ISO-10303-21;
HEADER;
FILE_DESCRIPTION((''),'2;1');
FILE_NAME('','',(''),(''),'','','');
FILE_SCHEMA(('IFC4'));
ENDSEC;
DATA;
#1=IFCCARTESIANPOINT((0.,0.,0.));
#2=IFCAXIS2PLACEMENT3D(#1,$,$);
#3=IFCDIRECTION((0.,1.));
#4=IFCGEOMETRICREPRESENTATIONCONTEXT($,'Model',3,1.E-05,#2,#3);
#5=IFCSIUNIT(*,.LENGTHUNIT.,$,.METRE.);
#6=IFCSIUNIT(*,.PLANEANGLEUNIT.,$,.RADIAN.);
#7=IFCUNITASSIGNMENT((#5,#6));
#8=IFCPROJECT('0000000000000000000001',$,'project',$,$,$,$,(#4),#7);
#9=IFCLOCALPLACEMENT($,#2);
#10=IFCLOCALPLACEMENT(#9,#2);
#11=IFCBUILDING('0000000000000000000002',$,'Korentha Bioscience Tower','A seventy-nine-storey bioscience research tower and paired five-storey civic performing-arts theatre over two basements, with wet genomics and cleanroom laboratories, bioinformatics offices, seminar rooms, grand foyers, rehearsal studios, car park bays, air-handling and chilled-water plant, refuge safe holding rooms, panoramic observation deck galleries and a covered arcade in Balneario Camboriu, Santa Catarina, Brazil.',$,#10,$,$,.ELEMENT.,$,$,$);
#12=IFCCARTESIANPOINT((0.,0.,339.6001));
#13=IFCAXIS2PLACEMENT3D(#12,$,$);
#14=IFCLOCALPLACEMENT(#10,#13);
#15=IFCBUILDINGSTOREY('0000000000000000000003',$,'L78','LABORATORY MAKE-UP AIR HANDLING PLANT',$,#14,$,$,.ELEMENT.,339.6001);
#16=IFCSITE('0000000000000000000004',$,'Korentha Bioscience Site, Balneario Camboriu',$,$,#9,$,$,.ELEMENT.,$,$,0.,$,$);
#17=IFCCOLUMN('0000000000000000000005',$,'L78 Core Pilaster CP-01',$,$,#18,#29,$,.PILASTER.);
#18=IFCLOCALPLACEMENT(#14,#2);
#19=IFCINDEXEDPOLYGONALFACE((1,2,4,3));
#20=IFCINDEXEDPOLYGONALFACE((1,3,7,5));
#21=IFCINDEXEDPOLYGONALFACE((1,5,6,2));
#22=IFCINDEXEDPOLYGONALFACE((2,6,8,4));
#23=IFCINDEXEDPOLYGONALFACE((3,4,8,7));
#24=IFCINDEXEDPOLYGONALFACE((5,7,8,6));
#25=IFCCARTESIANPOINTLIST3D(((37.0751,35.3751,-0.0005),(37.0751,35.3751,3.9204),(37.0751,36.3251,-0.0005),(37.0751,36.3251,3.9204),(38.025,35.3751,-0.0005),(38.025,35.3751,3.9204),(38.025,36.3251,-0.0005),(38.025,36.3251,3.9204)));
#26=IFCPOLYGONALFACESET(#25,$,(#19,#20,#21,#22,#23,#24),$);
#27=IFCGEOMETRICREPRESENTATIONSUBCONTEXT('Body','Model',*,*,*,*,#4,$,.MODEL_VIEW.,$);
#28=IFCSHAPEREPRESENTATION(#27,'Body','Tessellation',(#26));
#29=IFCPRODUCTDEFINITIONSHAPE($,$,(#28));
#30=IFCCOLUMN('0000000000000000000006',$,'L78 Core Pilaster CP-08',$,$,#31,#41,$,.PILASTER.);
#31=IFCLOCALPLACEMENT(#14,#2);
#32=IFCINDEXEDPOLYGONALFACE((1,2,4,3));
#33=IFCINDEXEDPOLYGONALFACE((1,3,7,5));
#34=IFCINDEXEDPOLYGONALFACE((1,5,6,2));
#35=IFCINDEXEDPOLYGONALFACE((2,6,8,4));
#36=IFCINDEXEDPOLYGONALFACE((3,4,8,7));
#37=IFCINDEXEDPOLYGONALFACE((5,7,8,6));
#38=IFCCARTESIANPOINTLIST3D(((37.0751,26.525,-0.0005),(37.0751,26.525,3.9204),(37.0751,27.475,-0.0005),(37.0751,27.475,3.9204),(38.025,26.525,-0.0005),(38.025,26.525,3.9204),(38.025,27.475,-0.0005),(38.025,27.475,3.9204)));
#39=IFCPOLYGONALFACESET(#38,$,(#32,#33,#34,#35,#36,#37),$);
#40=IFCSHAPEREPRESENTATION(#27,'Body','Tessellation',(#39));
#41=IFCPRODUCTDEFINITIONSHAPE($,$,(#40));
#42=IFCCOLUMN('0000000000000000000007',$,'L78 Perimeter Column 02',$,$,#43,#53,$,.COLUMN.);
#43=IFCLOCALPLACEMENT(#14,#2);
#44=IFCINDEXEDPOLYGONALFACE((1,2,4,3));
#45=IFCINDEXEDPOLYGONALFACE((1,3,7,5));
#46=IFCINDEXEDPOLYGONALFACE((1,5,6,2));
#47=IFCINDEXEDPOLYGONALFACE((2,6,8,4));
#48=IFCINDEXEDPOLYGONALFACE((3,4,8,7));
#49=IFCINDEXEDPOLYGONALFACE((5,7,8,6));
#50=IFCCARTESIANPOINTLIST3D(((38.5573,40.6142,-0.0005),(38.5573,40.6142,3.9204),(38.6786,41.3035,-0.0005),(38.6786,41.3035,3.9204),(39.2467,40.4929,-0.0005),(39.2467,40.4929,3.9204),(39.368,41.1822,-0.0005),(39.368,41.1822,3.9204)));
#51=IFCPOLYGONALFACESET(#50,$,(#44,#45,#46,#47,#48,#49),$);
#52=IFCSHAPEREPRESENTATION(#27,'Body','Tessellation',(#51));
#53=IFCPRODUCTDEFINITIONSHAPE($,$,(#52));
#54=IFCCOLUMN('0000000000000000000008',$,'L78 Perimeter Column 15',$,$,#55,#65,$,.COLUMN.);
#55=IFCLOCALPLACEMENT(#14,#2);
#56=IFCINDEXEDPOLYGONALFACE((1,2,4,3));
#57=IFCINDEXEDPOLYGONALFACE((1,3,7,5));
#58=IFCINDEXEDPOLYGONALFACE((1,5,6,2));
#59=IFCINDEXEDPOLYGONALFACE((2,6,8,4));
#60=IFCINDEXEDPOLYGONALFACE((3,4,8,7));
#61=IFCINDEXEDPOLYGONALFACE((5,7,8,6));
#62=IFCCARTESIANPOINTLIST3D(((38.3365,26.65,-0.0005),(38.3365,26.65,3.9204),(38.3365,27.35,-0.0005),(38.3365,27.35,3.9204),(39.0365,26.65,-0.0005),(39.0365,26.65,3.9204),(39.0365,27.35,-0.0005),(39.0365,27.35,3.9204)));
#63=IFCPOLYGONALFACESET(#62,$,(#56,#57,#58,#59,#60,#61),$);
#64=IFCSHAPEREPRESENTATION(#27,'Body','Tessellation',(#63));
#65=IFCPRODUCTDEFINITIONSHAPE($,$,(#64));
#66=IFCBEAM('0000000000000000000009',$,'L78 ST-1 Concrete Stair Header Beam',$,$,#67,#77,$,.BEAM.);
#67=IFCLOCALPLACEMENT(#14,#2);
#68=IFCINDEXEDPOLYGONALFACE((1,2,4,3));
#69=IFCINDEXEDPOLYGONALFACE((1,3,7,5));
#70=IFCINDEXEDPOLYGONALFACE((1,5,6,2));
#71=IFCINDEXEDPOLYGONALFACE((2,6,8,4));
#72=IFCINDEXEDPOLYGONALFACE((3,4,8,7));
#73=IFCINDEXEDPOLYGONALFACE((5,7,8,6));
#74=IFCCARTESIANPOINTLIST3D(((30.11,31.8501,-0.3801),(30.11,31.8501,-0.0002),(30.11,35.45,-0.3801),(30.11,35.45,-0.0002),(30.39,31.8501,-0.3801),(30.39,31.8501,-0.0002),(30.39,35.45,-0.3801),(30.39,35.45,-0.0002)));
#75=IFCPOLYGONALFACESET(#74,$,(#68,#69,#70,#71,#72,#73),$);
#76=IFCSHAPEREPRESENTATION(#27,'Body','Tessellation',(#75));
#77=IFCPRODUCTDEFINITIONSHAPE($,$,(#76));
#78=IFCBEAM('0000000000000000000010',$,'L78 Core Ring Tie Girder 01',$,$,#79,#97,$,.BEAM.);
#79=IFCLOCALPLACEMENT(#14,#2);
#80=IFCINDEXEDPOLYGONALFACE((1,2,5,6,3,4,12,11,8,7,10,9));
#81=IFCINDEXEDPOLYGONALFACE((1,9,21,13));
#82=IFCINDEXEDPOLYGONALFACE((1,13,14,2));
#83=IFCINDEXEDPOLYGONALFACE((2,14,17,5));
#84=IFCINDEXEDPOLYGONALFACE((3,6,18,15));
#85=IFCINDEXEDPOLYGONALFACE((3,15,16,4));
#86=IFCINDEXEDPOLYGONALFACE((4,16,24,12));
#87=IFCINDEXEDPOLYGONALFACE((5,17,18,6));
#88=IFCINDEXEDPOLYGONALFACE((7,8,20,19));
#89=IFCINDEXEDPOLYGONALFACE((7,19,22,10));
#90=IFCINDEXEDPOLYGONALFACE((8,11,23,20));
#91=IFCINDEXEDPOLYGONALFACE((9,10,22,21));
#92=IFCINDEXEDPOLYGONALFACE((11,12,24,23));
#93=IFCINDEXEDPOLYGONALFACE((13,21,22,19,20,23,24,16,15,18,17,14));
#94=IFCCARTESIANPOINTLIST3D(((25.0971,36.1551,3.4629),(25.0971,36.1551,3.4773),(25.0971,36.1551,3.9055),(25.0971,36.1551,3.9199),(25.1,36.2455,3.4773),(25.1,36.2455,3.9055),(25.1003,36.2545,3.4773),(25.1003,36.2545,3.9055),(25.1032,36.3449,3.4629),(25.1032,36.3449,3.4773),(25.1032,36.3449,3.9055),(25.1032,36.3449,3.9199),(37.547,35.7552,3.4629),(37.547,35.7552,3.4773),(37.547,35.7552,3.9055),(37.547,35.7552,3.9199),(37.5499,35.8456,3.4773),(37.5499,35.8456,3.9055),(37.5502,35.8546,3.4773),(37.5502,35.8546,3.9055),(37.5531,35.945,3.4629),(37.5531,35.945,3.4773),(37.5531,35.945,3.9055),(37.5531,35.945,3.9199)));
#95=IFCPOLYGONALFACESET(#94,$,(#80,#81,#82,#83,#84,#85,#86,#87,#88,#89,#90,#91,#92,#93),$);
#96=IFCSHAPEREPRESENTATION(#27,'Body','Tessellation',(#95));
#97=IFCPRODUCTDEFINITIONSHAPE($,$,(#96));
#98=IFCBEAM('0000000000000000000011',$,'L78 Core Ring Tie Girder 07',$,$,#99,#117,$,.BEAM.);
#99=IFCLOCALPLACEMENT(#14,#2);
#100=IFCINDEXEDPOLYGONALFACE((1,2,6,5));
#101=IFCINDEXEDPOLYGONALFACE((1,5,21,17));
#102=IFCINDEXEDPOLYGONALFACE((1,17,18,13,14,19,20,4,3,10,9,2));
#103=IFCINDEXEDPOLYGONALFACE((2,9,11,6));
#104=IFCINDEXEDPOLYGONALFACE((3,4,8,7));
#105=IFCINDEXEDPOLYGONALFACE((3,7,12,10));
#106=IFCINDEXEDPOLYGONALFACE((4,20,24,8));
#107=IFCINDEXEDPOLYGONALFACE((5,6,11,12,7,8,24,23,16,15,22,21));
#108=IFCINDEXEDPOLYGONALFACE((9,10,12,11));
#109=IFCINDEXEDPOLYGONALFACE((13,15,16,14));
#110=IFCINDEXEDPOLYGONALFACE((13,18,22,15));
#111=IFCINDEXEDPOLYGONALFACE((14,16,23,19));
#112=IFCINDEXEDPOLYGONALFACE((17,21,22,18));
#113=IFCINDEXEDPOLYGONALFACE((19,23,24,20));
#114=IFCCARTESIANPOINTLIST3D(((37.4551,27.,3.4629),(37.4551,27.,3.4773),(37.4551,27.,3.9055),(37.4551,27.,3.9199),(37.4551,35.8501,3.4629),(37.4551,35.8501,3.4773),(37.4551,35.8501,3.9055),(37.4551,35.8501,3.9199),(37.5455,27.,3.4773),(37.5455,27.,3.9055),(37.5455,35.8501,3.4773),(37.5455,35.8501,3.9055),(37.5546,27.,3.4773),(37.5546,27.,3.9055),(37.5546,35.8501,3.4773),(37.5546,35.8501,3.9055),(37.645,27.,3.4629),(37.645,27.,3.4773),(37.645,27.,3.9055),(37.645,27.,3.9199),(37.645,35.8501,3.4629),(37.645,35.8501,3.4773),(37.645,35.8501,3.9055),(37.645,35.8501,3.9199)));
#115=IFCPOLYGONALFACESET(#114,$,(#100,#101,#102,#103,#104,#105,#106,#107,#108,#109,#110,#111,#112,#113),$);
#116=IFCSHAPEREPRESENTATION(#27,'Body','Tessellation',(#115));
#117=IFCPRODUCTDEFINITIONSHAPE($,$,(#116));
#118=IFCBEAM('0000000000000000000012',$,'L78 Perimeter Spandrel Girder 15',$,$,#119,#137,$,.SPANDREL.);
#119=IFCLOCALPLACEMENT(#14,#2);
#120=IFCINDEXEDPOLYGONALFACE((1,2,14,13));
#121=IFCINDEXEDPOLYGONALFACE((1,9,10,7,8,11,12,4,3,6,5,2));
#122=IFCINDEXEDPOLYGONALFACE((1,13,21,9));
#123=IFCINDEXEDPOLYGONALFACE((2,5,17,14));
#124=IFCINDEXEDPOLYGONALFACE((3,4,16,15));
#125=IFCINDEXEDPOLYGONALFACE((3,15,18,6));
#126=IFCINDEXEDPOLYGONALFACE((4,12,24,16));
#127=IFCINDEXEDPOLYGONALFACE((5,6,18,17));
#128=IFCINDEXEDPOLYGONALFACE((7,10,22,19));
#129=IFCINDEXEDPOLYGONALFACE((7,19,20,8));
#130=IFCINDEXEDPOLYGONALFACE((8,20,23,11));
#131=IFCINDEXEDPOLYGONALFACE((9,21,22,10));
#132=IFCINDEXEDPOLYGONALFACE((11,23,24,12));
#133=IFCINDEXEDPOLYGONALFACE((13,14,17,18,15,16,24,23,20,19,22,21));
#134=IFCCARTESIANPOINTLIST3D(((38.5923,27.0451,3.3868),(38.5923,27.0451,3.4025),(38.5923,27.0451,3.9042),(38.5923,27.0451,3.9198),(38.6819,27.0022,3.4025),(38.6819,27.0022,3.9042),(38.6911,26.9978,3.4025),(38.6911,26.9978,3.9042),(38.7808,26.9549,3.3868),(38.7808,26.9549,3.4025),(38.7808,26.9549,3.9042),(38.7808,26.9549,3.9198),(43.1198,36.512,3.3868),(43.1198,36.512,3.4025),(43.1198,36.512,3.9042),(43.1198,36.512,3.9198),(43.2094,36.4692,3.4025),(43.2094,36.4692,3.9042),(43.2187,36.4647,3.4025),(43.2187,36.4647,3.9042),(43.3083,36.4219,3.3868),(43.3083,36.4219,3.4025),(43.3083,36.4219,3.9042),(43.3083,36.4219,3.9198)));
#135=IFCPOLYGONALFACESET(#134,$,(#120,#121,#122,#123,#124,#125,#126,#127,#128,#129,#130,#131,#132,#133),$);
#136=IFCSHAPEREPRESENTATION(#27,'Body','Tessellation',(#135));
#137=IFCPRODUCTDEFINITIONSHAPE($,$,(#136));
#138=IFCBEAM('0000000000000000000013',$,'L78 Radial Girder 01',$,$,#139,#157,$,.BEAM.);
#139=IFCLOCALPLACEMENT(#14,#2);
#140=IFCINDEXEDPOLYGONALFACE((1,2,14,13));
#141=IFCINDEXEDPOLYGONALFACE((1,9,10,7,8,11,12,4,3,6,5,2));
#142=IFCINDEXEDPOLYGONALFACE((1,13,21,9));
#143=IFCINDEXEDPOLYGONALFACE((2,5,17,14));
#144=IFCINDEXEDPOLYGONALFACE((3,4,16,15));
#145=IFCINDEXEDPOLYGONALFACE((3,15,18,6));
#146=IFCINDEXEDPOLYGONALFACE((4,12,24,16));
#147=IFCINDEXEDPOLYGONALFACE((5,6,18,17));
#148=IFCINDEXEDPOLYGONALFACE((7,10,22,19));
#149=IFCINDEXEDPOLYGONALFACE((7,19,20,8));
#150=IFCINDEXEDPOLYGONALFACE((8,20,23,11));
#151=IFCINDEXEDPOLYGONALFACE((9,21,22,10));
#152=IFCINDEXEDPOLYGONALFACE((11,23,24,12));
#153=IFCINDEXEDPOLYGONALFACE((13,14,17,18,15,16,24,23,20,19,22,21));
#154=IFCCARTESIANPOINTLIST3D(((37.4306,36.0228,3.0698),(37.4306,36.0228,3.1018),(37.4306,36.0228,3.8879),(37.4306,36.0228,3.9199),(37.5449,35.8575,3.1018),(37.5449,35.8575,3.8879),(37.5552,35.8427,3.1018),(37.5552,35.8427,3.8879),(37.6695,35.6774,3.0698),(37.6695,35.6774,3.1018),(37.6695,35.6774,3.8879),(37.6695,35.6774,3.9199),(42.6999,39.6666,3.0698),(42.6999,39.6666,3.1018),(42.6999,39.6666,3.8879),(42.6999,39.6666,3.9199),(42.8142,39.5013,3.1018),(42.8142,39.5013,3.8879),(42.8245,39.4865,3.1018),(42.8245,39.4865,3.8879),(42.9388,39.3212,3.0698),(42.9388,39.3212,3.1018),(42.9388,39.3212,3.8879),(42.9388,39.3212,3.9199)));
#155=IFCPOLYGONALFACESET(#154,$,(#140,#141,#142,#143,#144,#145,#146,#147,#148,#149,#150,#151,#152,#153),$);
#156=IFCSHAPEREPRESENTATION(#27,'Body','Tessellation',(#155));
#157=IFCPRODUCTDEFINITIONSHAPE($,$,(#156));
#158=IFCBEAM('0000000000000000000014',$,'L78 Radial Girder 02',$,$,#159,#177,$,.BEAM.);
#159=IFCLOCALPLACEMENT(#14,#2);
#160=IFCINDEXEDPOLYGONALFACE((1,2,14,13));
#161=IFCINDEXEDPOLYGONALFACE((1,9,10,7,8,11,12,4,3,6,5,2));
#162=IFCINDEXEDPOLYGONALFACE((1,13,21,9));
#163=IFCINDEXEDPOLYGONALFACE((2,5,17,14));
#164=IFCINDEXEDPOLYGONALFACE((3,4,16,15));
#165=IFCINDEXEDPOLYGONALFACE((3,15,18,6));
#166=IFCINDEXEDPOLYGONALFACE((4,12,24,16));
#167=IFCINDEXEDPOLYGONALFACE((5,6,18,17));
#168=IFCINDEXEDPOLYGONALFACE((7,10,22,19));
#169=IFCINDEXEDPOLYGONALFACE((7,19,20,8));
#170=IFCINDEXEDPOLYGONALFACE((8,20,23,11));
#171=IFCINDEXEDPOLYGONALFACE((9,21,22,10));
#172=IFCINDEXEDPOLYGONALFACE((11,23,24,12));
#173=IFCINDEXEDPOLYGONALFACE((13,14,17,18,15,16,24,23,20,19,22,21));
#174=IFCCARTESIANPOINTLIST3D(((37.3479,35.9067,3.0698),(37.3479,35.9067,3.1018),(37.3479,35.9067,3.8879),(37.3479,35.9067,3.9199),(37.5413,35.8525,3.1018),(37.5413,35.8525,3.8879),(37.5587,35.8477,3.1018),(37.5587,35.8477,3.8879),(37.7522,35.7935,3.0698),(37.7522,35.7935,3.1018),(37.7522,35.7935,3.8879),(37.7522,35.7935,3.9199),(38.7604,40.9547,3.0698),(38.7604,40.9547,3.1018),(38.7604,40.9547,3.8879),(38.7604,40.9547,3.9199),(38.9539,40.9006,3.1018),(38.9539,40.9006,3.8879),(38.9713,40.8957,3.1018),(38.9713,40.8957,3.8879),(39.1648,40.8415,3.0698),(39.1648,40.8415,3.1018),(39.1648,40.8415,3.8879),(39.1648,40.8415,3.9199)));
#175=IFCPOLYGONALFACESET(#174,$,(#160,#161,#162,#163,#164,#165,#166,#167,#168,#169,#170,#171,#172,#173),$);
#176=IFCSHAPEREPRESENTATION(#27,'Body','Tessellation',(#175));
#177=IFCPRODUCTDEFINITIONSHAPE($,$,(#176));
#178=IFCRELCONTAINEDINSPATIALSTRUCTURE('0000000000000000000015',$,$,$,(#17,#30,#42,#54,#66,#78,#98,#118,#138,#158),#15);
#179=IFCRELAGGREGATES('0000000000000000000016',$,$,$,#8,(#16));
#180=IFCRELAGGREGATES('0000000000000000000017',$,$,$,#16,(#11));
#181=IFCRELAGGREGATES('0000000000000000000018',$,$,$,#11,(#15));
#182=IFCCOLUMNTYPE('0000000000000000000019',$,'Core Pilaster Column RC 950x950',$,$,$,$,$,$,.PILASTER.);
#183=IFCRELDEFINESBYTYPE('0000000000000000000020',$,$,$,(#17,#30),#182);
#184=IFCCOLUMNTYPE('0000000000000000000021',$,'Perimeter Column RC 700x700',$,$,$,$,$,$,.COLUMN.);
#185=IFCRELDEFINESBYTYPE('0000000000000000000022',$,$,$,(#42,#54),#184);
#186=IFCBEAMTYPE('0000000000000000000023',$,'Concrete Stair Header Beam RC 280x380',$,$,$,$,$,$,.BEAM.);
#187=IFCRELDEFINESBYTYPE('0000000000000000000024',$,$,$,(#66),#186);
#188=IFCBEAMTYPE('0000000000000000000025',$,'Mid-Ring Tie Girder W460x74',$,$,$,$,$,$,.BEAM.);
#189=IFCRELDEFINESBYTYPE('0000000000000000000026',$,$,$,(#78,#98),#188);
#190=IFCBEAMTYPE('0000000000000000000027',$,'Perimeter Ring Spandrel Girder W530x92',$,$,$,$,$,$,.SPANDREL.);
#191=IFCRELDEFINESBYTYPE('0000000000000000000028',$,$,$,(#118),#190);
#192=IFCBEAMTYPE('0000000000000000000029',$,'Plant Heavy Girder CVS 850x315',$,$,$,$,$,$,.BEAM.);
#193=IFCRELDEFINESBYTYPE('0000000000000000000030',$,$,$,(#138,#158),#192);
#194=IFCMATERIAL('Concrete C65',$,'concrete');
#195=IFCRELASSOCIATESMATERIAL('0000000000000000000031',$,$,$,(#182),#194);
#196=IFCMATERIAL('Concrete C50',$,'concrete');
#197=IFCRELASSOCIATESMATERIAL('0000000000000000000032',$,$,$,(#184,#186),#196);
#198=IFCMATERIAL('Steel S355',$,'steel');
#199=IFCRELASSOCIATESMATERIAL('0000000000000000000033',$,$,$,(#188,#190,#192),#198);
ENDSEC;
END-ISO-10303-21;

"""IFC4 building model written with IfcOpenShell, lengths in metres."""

from ifc_helpers import new_model, si_unit, direction, frame, origin, origin_2d, place, context, subcontext, project, spatial, rectangle, i_section, extrude, material, material_profile, profile_set, type_object, element, save


model = new_model("IFC4")

# Units and contexts
model_context = context("Model", 3, precision=1e-05, world=origin(), true_north=direction((0.0, 1.0)))
body_context = subcontext(model_context, "Body", "Model", "MODEL_VIEW")
ifc_project = project(units=[si_unit("LENGTHUNIT", "METRE"), si_unit("PLANEANGLEUNIT", "RADIAN")], contexts=[model_context])

# Site, building, storey
site_placement = place(None, origin())
site = spatial("IfcSite", under=ifc_project, at=site_placement, Name="Korentha Bioscience Site, Balneario Camboriu", CompositionType="ELEMENT", RefElevation=0.0)
building_placement = place(site_placement, origin())
building = spatial("IfcBuilding", under=site, at=building_placement, Name="Korentha Bioscience Tower", Description="A seventy-nine-storey bioscience research tower and paired five-storey civic performing-arts theatre over two basements, with wet genomics and cleanroom laboratories, bioinformatics offices, seminar rooms, grand foyers, rehearsal studios, car park bays, air-handling and chilled-water plant, refuge safe holding rooms, panoramic observation deck galleries and a covered arcade in Balneario Camboriu, Santa Catarina, Brazil.", CompositionType="ELEMENT")
storey_placement = place(building_placement, frame((0.0, 0.0, 339.6001)))
storey = spatial("IfcBuildingStorey", under=building, at=storey_placement, Name="L78", Description="LABORATORY MAKE-UP AIR HANDLING PLANT", CompositionType="ELEMENT", Elevation=339.6001)

# Columns
ifc_material_1 = material(Name="Concrete C65", Category="concrete")
ifc_material_profile_1 = material_profile(ifc_material_1, rectangle(XDim=0.95, YDim=0.95, at=origin_2d()), Name="Concrete C65")
ifc_profile_set_1 = profile_set([ifc_material_profile_1], Name="Concrete C65 (COL-CP09)")
column_type_1 = type_object("IfcColumnType", Name="Core Pilaster Column RC 950x950", PredefinedType="PILASTER", material=ifc_profile_set_1)
for number, where, z_axis, x_axis, name in (
    (1, (37.55, 35.8501, -0.0005), (0.0, 0.0, 1.0), (1.0, 0.0, 0.0), "L78 Core Pilaster CP-01"),
    (2, (37.55, 27.0, -0.0005), (0.0, 0.0, 1.0), (1.0, 0.0, 0.0), "L78 Core Pilaster CP-08"),
):
    element("IfcColumn", number, at=place(storey_placement, frame(where, z_axis=z_axis, x_axis=x_axis)), inside=storey, type_object=column_type_1, Name=name, PredefinedType="PILASTER", context=body_context, shape_type="SweptSolid", body=[
        extrude(rectangle(XDim=0.95, YDim=0.95, at=origin_2d()), origin(), (0.0, 0.0, 1.0), 3.9209),
    ])
ifc_material_2 = material(Name="Concrete C50", Category="concrete")
ifc_material_profile_2 = material_profile(ifc_material_2, rectangle(XDim=0.7, YDim=0.7, at=origin_2d()), Name="Concrete C50")
ifc_profile_set_2 = profile_set([ifc_material_profile_2], Name="Concrete C50 (COL-P07)")
column_type_2 = type_object("IfcColumnType", Name="Perimeter Column RC 700x700", PredefinedType="COLUMN", material=ifc_profile_set_2)
for number, where, z_axis, x_axis, name in (
    (3, (38.9626, 40.8982, -0.0005), (0.0, 0.0, 1.0), (-0.984868, 0.173304, 0.0), "L78 Perimeter Column 02"),
    (4, (38.6865, 27.0, -0.0005), (0.0, 0.0, 1.0), (0.0, 1.0, 0.0), "L78 Perimeter Column 15"),
):
    element("IfcColumn", number, at=place(storey_placement, frame(where, z_axis=z_axis, x_axis=x_axis)), inside=storey, type_object=column_type_2, Name=name, PredefinedType="COLUMN", context=body_context, shape_type="SweptSolid", body=[
        extrude(rectangle(XDim=0.7, YDim=0.7, at=origin_2d()), origin(), (0.0, 0.0, 1.0), 3.9209),
    ])

# Beams
ifc_material_profile_3 = material_profile(ifc_material_2, rectangle(XDim=0.28, YDim=0.3799, at=origin_2d()), Name="Concrete C50")
ifc_profile_set_3 = profile_set([ifc_material_profile_3], Name="Concrete C50 (ST-HB380)")
beam_type_1 = type_object("IfcBeamType", Name="Concrete Stair Header Beam RC 280x380", PredefinedType="BEAM", material=ifc_profile_set_3)
beam_1_placement = place(storey_placement, frame((30.25, 31.8501, -0.1902), z_axis=(0.0, 1.0, 0.0), x_axis=(-1.0, 0.0, 0.0)))
element("IfcBeam", 5, at=beam_1_placement, inside=storey, type_object=beam_type_1, Name="L78 ST-1 Concrete Stair Header Beam", PredefinedType="BEAM", context=body_context, shape_type="SweptSolid", body=[
    extrude(rectangle(XDim=0.28, YDim=0.3799, at=origin_2d()), origin(), (0.0, 0.0, 1.0), 3.5999),
])
ifc_material_3 = material(Name="Steel S355", Category="steel")
ifc_material_profile_4 = material_profile(ifc_material_3, i_section(OverallWidth=0.1899, OverallDepth=0.457, WebThickness=0.009, FlangeThickness=0.0144, at=origin_2d()), Name="Steel S355")
ifc_profile_set_4 = profile_set([ifc_material_profile_4], Name="Steel S355 (MB-460)")
beam_type_2 = type_object("IfcBeamType", Name="Mid-Ring Tie Girder W460x74", PredefinedType="BEAM", material=ifc_profile_set_4)
beam_2_placement = place(storey_placement, frame((37.55, 35.8501, 3.6914), z_axis=(-0.999485, 0.032104, 0.0), x_axis=(-0.032104, -0.999485, 0.0)))
element("IfcBeam", 6, at=beam_2_placement, inside=storey, type_object=beam_type_2, Name="L78 Core Ring Tie Girder 01", PredefinedType="BEAM", context=body_context, shape_type="SweptSolid", body=[
    extrude(i_section(OverallWidth=0.1899, OverallDepth=0.457, WebThickness=0.009, FlangeThickness=0.0144, at=origin_2d()), origin(), (0.0, 0.0, 1.0), 12.4563),
])
beam_3_placement = place(storey_placement, frame((37.55, 27.0, 3.6914), z_axis=(0.0, 1.0, 0.0), x_axis=(-1.0, 0.0, 0.0)))
element("IfcBeam", 7, at=beam_3_placement, inside=storey, type_object=beam_type_2, Name="L78 Core Ring Tie Girder 07", PredefinedType="BEAM", context=body_context, shape_type="SweptSolid", body=[
    extrude(i_section(OverallWidth=0.1899, OverallDepth=0.457, WebThickness=0.009, FlangeThickness=0.0144, at=origin_2d()), origin(), (0.0, 0.0, 1.0), 8.8501),
])
ifc_material_profile_5 = material_profile(ifc_material_3, i_section(OverallWidth=0.209, OverallDepth=0.533, WebThickness=0.0103, FlangeThickness=0.0156, at=origin_2d()), Name="Steel S355")
ifc_profile_set_5 = profile_set([ifc_material_profile_5], Name="Steel S355 (SB-530)")
beam_type_3 = type_object("IfcBeamType", Name="Perimeter Ring Spandrel Girder W530x92", PredefinedType="SPANDREL", material=ifc_profile_set_5)
beam_4_placement = place(storey_placement, frame((38.6865, 27.0, 3.6533), z_axis=(0.431446, 0.902139, 0.0), x_axis=(-0.902139, 0.431446, 0.0)))
element("IfcBeam", 8, at=beam_4_placement, inside=storey, type_object=beam_type_3, Name="L78 Perimeter Spandrel Girder 15", PredefinedType="SPANDREL", context=body_context, shape_type="SweptSolid", body=[
    extrude(i_section(OverallWidth=0.209, OverallDepth=0.533, WebThickness=0.0103, FlangeThickness=0.0156, at=origin_2d()), origin(), (0.0, 0.0, 1.0), 10.4939),
])
ifc_material_profile_6 = material_profile(ifc_material_3, i_section(OverallWidth=0.4199, OverallDepth=0.8501, WebThickness=0.0181, FlangeThickness=0.032, at=origin_2d()), Name="Steel S355")
ifc_profile_set_6 = profile_set([ifc_material_profile_6], Name="Steel S355 (MB-850)")
beam_type_4 = type_object("IfcBeamType", Name="Plant Heavy Girder CVS 850x315", PredefinedType="BEAM", material=ifc_profile_set_6)
beam_5_placement = place(storey_placement, frame((37.55, 35.8501, 3.4949), z_axis=(0.822497, 0.56877, 0.0), x_axis=(-0.56877, 0.822497, 0.0)))
element("IfcBeam", 9, at=beam_5_placement, inside=storey, type_object=beam_type_4, Name="L78 Radial Girder 01", PredefinedType="BEAM", context=body_context, shape_type="SweptSolid", body=[
    extrude(i_section(OverallWidth=0.4199, OverallDepth=0.8501, WebThickness=0.0181, FlangeThickness=0.032, at=origin_2d()), origin(), (0.0, 0.0, 1.0), 6.4065),
])
beam_6_placement = place(storey_placement, frame((37.55, 35.8501, 3.4949), z_axis=(0.269476, 0.963007, 0.0), x_axis=(-0.963007, 0.269476, 0.0)))
element("IfcBeam", 10, at=beam_6_placement, inside=storey, type_object=beam_type_4, Name="L78 Radial Girder 02", PredefinedType="BEAM", context=body_context, shape_type="SweptSolid", body=[
    extrude(i_section(OverallWidth=0.4199, OverallDepth=0.8501, WebThickness=0.0181, FlangeThickness=0.032, at=origin_2d()), origin(), (0.0, 0.0, 1.0), 5.2419),
])

save(model, "model.ifc")
